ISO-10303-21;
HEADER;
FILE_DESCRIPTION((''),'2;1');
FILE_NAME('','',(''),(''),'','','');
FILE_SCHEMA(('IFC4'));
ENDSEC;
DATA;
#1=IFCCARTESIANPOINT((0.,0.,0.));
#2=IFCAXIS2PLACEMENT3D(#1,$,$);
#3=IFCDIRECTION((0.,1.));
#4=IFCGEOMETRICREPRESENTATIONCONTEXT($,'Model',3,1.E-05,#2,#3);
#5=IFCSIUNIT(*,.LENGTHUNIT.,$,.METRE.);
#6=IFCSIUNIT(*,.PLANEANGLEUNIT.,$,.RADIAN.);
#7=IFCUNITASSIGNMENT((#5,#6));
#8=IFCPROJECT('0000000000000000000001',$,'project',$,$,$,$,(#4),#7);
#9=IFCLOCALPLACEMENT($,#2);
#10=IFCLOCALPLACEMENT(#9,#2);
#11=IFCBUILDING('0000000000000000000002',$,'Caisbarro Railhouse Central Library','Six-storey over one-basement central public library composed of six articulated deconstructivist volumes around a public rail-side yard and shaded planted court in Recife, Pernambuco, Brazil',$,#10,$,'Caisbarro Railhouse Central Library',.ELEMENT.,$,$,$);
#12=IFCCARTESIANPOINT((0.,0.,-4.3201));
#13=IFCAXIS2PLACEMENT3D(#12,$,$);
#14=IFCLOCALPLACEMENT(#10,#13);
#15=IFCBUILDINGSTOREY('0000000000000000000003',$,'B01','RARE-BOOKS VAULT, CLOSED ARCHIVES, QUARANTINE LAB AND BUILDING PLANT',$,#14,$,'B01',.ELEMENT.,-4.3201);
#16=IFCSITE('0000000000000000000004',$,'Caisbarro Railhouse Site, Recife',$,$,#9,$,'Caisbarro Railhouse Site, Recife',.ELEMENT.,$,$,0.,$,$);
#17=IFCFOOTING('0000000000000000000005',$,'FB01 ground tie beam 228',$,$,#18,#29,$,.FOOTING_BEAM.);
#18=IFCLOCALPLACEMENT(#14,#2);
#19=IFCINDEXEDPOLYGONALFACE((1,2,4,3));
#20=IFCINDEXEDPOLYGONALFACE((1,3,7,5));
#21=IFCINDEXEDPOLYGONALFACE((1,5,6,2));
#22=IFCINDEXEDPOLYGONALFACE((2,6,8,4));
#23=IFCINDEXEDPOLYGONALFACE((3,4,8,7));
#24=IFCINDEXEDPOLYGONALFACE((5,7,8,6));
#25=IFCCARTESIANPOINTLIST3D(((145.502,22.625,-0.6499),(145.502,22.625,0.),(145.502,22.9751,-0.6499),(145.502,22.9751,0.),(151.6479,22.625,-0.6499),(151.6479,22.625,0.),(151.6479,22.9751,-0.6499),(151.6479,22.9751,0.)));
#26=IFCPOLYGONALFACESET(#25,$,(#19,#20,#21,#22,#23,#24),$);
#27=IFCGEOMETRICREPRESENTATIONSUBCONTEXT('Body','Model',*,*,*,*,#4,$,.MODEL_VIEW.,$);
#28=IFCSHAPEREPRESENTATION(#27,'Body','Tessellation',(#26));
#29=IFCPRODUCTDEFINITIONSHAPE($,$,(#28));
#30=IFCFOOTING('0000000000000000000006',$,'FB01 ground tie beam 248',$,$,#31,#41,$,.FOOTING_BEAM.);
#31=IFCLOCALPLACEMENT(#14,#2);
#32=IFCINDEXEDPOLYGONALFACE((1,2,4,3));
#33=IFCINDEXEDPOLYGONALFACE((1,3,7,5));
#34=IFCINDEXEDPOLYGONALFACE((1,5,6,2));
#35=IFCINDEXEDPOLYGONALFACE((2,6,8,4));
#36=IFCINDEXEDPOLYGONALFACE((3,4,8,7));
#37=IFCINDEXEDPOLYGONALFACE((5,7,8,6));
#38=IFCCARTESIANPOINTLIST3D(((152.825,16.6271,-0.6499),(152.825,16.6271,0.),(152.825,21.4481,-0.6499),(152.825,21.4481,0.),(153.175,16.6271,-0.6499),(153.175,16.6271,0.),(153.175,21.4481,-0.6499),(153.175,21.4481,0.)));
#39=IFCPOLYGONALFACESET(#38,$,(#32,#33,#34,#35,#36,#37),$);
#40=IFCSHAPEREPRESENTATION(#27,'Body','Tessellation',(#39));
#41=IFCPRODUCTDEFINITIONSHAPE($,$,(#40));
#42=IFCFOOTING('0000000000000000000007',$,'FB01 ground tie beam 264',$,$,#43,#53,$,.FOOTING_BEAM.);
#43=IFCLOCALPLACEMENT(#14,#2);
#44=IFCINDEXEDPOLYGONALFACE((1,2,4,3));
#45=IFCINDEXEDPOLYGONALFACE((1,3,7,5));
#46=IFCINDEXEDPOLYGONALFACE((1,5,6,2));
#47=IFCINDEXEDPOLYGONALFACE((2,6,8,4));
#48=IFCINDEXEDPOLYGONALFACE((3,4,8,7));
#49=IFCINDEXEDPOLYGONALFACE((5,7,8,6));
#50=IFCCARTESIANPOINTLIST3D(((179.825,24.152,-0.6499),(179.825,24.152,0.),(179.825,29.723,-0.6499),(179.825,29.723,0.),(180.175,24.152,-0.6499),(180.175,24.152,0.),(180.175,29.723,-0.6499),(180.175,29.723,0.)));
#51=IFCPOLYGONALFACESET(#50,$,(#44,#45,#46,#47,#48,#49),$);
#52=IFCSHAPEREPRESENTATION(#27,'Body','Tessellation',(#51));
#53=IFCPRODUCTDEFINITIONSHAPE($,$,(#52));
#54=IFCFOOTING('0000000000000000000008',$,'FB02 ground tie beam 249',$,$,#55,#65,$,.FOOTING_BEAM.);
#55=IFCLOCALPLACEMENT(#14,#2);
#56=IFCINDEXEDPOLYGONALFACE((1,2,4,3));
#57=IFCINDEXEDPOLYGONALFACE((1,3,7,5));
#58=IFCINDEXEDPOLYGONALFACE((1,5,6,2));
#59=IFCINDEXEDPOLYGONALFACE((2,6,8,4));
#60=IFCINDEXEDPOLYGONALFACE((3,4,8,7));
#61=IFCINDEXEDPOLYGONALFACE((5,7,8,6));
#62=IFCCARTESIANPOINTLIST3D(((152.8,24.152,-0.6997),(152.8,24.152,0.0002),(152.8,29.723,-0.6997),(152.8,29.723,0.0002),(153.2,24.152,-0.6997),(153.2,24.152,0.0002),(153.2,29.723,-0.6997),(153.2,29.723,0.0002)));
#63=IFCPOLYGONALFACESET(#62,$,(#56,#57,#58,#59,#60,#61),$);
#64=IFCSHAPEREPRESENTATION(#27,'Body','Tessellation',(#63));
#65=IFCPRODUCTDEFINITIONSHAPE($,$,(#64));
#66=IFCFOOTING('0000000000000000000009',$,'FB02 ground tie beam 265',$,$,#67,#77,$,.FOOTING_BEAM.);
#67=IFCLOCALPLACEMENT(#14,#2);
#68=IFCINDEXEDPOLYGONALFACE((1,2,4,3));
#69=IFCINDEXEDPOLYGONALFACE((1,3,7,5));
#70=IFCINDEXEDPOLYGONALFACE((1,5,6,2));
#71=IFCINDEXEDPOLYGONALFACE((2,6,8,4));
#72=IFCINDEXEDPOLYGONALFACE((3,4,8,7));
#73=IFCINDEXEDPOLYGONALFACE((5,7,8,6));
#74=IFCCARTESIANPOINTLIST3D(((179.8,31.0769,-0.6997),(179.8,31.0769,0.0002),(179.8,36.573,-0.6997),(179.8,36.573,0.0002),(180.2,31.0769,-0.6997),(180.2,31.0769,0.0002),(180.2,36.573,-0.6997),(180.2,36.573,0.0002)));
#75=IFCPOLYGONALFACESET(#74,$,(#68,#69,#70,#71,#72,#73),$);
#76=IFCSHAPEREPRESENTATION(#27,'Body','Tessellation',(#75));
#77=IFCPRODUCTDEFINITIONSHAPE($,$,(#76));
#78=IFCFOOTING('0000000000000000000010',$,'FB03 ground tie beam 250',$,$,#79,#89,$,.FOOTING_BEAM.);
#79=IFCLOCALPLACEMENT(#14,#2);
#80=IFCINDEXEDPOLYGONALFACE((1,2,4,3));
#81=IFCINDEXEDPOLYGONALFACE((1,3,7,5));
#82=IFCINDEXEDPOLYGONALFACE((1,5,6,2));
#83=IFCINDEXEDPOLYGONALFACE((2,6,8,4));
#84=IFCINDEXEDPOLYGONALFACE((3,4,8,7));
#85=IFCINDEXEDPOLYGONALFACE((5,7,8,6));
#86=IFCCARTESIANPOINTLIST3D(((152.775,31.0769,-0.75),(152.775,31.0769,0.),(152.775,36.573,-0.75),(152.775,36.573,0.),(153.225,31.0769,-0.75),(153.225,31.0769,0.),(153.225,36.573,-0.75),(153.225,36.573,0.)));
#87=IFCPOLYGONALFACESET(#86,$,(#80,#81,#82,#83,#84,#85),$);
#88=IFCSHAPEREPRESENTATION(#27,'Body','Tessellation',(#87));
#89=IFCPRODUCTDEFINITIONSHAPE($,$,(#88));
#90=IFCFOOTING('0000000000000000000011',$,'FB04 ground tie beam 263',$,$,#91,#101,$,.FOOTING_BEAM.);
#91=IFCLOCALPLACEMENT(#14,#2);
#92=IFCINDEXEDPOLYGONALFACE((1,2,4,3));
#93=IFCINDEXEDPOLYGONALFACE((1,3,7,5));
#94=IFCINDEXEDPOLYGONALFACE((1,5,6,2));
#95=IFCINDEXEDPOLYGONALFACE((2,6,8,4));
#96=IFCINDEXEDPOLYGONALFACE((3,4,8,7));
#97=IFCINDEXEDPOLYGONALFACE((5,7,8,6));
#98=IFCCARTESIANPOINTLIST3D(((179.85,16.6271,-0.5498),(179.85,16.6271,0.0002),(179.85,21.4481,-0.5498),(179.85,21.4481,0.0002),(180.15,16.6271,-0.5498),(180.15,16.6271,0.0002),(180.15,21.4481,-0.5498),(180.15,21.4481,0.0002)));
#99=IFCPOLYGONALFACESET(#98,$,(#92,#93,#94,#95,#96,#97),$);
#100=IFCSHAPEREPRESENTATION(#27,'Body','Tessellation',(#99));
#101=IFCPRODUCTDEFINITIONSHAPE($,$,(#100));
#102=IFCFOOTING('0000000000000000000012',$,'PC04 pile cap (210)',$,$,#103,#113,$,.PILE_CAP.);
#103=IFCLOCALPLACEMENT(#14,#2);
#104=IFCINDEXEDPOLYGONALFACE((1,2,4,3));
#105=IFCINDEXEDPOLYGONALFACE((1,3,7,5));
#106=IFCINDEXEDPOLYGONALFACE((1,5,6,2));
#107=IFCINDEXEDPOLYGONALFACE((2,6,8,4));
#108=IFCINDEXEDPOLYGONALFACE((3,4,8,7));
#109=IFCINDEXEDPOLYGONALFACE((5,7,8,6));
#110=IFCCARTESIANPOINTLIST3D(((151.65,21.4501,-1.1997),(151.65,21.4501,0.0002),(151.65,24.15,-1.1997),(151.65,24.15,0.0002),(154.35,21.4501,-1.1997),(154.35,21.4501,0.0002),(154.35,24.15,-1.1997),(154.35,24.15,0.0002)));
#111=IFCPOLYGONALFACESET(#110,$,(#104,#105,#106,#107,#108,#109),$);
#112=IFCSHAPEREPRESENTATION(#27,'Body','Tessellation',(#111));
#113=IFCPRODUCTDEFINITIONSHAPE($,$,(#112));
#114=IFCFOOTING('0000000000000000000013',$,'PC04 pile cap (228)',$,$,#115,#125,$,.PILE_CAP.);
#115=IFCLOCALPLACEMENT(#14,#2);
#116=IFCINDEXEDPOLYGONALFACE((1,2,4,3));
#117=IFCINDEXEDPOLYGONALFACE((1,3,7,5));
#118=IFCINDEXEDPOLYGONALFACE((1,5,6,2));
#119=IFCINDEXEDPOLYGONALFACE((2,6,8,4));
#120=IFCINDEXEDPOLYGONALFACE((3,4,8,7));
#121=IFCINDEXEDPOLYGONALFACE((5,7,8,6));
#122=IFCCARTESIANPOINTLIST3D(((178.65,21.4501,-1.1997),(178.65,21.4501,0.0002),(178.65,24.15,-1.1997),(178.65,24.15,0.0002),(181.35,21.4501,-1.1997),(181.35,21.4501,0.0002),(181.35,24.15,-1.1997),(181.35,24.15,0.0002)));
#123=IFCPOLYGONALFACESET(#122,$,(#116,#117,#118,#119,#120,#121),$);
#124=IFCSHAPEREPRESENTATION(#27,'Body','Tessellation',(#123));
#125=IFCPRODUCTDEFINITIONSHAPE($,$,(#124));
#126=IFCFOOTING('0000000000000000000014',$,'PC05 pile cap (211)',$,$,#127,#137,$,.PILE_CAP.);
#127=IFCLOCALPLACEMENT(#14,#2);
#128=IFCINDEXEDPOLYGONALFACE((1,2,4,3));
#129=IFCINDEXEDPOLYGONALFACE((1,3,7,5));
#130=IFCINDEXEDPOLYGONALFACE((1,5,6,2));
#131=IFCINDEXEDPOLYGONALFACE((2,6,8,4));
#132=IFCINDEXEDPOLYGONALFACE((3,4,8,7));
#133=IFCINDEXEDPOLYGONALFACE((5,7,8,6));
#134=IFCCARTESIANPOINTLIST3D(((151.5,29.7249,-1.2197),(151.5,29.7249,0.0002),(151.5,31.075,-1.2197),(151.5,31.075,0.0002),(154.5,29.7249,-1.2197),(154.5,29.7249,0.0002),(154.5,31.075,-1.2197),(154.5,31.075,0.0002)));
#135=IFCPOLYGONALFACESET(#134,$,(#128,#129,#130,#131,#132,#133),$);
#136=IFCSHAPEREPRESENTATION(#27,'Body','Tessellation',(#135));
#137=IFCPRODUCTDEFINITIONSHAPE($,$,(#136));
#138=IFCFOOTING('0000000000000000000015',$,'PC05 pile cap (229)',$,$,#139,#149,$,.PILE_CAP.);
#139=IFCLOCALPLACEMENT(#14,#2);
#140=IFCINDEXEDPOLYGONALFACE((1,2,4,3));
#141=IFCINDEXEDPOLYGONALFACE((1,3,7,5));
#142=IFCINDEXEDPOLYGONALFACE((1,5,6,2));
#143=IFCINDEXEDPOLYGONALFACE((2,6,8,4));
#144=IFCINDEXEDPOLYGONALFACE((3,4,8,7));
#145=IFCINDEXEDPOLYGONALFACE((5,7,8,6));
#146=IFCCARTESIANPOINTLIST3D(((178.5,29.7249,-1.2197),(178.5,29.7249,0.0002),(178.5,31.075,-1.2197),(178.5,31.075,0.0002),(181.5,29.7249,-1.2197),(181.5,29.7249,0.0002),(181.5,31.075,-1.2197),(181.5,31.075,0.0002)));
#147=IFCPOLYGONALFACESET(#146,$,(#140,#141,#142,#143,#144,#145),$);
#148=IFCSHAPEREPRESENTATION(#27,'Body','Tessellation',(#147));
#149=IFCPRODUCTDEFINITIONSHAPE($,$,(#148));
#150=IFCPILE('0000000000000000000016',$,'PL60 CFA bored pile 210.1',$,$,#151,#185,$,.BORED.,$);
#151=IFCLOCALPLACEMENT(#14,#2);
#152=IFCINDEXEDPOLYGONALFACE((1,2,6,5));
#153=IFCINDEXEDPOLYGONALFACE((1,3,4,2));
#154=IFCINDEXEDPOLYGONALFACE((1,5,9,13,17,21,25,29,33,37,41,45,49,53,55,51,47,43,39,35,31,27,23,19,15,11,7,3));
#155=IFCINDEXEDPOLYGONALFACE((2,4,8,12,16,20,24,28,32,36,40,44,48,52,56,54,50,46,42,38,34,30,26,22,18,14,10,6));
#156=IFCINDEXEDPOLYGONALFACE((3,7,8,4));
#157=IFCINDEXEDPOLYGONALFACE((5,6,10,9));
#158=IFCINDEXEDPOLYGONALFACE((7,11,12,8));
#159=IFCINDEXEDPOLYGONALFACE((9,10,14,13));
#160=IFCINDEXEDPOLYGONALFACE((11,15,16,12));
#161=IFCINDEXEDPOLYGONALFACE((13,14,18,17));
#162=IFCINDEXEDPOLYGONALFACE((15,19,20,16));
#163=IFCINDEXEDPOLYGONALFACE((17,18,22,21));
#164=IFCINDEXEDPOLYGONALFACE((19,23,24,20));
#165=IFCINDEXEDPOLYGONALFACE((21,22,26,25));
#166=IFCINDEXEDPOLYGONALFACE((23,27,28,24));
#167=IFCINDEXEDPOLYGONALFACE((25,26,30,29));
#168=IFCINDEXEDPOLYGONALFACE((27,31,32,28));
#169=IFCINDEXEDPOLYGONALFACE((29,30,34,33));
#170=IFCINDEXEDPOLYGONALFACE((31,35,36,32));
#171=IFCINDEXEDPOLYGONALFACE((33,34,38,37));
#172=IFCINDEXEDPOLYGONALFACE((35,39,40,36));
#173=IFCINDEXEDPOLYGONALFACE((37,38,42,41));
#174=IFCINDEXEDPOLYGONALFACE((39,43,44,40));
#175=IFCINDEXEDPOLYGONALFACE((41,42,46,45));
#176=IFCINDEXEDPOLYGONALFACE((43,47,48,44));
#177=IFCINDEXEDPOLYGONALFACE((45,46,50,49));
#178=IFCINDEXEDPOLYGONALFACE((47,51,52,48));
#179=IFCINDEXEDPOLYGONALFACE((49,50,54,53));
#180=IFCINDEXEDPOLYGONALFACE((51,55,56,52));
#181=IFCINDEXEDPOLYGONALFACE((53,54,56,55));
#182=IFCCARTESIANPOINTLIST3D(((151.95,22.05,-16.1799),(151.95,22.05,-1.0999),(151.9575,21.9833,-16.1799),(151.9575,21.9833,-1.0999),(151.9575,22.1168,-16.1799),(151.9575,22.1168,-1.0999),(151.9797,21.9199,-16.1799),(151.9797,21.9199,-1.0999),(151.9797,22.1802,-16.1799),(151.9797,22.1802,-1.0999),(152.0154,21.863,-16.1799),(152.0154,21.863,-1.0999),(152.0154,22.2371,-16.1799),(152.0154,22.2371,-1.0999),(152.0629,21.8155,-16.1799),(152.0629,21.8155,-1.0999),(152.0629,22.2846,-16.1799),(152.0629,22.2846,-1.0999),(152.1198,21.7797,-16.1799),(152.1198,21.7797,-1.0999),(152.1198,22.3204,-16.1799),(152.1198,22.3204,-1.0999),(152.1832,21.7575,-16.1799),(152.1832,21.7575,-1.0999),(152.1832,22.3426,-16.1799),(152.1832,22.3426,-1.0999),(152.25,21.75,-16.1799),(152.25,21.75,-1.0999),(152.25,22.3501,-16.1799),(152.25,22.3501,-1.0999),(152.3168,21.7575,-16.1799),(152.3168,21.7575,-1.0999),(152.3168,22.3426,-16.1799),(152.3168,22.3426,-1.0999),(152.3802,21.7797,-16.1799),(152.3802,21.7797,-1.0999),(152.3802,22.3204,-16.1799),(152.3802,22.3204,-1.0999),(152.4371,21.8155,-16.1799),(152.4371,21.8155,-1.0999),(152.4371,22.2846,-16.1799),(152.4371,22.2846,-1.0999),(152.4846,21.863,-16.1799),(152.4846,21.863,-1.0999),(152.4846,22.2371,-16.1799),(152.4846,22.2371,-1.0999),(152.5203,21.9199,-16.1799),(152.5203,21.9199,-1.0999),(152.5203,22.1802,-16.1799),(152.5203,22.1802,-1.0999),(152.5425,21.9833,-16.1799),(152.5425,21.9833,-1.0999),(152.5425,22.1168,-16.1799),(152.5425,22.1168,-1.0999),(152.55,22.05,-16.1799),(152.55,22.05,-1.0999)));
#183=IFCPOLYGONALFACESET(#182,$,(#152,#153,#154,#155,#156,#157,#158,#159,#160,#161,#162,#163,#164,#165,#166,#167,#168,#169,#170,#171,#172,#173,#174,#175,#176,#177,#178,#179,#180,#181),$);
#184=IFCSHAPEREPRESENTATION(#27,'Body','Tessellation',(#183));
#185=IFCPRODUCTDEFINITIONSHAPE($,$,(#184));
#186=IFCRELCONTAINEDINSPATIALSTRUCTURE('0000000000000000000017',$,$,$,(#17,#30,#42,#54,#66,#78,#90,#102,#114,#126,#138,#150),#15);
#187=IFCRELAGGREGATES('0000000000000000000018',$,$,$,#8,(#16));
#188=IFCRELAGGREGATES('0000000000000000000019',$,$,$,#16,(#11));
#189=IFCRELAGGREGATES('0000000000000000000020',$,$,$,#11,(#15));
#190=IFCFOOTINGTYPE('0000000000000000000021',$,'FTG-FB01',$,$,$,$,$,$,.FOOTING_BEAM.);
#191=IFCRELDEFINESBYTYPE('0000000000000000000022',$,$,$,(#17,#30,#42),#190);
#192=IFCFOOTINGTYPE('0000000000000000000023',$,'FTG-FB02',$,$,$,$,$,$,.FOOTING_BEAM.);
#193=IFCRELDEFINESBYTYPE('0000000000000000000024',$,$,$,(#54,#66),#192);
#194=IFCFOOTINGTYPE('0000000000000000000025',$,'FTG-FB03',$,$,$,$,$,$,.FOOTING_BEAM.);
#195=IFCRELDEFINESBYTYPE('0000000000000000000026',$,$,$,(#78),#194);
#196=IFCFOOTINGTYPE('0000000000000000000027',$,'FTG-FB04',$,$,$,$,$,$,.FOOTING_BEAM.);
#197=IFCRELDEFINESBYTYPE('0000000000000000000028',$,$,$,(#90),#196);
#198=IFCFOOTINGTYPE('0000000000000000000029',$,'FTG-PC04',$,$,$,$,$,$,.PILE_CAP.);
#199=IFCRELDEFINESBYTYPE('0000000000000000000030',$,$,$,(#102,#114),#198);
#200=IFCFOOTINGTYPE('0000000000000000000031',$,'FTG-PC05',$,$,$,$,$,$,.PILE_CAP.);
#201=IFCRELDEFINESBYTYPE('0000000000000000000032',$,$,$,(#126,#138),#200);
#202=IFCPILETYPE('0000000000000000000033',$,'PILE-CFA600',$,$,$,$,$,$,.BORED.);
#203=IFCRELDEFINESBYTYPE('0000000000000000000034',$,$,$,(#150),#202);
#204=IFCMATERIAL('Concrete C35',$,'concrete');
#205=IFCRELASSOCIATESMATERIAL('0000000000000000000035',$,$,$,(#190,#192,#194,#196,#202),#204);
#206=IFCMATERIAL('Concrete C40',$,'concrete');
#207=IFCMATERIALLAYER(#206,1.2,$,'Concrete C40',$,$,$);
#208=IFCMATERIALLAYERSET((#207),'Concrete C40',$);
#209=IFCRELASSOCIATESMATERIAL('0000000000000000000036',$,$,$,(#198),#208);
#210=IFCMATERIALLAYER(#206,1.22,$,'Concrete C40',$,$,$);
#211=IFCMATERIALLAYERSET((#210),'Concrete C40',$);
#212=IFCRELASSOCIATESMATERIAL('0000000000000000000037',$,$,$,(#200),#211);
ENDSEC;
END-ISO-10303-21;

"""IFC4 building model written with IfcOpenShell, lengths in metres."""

from ifc_helpers import new_model, si_unit, direction, frame, origin, origin_2d, place, context, subcontext, project, spatial, rectangle, circle, extrude, material, layer, layer_set, material_profile, profile_set, type_object, element, save


model = new_model("IFC4")

# Units and contexts
model_context = context("Model", 3, precision=1e-05, world=origin(), true_north=direction((0.0, 1.0)))
body_context = subcontext(model_context, "Body", "Model", "MODEL_VIEW")
ifc_project = project(units=[si_unit("LENGTHUNIT", "METRE"), si_unit("PLANEANGLEUNIT", "RADIAN")], contexts=[model_context])

# Site, building, storey
site_placement = place(None, origin())
site = spatial("IfcSite", under=ifc_project, at=site_placement, Name="Caisbarro Railhouse Site, Recife", LongName="Caisbarro Railhouse Site, Recife", CompositionType="ELEMENT", RefElevation=0.0)
building_placement = place(site_placement, origin())
building = spatial("IfcBuilding", under=site, at=building_placement, Name="Caisbarro Railhouse Central Library", Description="Six-storey over one-basement central public library composed of six articulated deconstructivist volumes around a public rail-side yard and shaded planted court in Recife, Pernambuco, Brazil", LongName="Caisbarro Railhouse Central Library", CompositionType="ELEMENT")
storey_placement = place(building_placement, frame((0.0, 0.0, -4.3201)))
storey = spatial("IfcBuildingStorey", under=building, at=storey_placement, Name="B01", Description="RARE-BOOKS VAULT, CLOSED ARCHIVES, QUARANTINE LAB AND BUILDING PLANT", LongName="B01", CompositionType="ELEMENT", Elevation=-4.3201)

# Footings
ifc_material_1 = material(Name="Concrete C35", Category="concrete")
footing_type_1 = type_object("IfcFootingType", Name="FTG-FB01", PredefinedType="FOOTING_BEAM", material=ifc_material_1)
footing_1_placement = place(storey_placement, frame((148.575, 22.8, -0.6499), z_axis=(0.0, 0.0, 1.0), x_axis=(1.0, 0.0, 0.0)))
element("IfcFooting", 1, at=footing_1_placement, inside=storey, type_object=footing_type_1, Name="FB01 ground tie beam 228", PredefinedType="FOOTING_BEAM", context=body_context, shape_type="SweptSolid", body=[
    extrude(rectangle(XDim=6.146, YDim=0.3501, at=origin_2d()), origin(), (0.0, 0.0, 1.0), 0.6499),
])
footing_2_placement = place(storey_placement, frame((153.0, 19.0376, -0.6499), z_axis=(0.0, 0.0, 1.0), x_axis=(0.0, 1.0, 0.0)))
element("IfcFooting", 2, at=footing_2_placement, inside=storey, type_object=footing_type_1, Name="FB01 ground tie beam 248", PredefinedType="FOOTING_BEAM", context=body_context, shape_type="SweptSolid", body=[
    extrude(rectangle(XDim=4.821, YDim=0.3501, at=origin_2d()), origin(), (0.0, 0.0, 1.0), 0.6499),
])
footing_3_placement = place(storey_placement, frame((180.0, 26.9375, -0.6499), z_axis=(0.0, 0.0, 1.0), x_axis=(0.0, 1.0, 0.0)))
element("IfcFooting", 3, at=footing_3_placement, inside=storey, type_object=footing_type_1, Name="FB01 ground tie beam 264", PredefinedType="FOOTING_BEAM", context=body_context, shape_type="SweptSolid", body=[
    extrude(rectangle(XDim=5.571, YDim=0.3501, at=origin_2d()), origin(), (0.0, 0.0, 1.0), 0.6499),
])
footing_type_2 = type_object("IfcFootingType", Name="FTG-FB02", PredefinedType="FOOTING_BEAM", material=ifc_material_1)
footing_4_placement = place(storey_placement, frame((153.0, 26.9375, -0.6997), z_axis=(0.0, 0.0, 1.0), x_axis=(0.0, 1.0, 0.0)))
element("IfcFooting", 4, at=footing_4_placement, inside=storey, type_object=footing_type_2, Name="FB02 ground tie beam 249", PredefinedType="FOOTING_BEAM", context=body_context, shape_type="SweptSolid", body=[
    extrude(rectangle(XDim=5.571, YDim=0.3999, at=origin_2d()), origin(), (0.0, 0.0, 1.0), 0.7),
])
footing_5_placement = place(storey_placement, frame((180.0, 33.825, -0.6997), z_axis=(0.0, 0.0, 1.0), x_axis=(0.0, 1.0, 0.0)))
element("IfcFooting", 5, at=footing_5_placement, inside=storey, type_object=footing_type_2, Name="FB02 ground tie beam 265", PredefinedType="FOOTING_BEAM", context=body_context, shape_type="SweptSolid", body=[
    extrude(rectangle(XDim=5.4961, YDim=0.3999, at=origin_2d()), origin(), (0.0, 0.0, 1.0), 0.7),
])
footing_type_3 = type_object("IfcFootingType", Name="FTG-FB03", PredefinedType="FOOTING_BEAM", material=ifc_material_1)
footing_6_placement = place(storey_placement, frame((153.0, 33.825, -0.75), z_axis=(0.0, 0.0, 1.0), x_axis=(0.0, 1.0, 0.0)))
element("IfcFooting", 6, at=footing_6_placement, inside=storey, type_object=footing_type_3, Name="FB03 ground tie beam 250", PredefinedType="FOOTING_BEAM", context=body_context, shape_type="SweptSolid", body=[
    extrude(rectangle(XDim=5.4961, YDim=0.45, at=origin_2d()), origin(), (0.0, 0.0, 1.0), 0.75),
])
footing_type_4 = type_object("IfcFootingType", Name="FTG-FB04", PredefinedType="FOOTING_BEAM", material=ifc_material_1)
footing_7_placement = place(storey_placement, frame((180.0, 19.0376, -0.5498), z_axis=(0.0, 0.0, 1.0), x_axis=(0.0, 1.0, 0.0)))
element("IfcFooting", 7, at=footing_7_placement, inside=storey, type_object=footing_type_4, Name="FB04 ground tie beam 263", PredefinedType="FOOTING_BEAM", context=body_context, shape_type="SweptSolid", body=[
    extrude(rectangle(XDim=4.821, YDim=0.3, at=origin_2d()), origin(), (0.0, 0.0, 1.0), 0.55),
])
ifc_material_2 = material(Name="Concrete C40", Category="concrete")
ifc_layer_1 = layer(ifc_material_2, 1.2, Name="Concrete C40")
ifc_layer_set_1 = layer_set([ifc_layer_1], Name="Concrete C40")
footing_type_5 = type_object("IfcFootingType", Name="FTG-PC04", PredefinedType="PILE_CAP", material=ifc_layer_set_1)
for number, where, z_axis, x_axis, name in (
    (8, (153.0, 22.8, -1.1997), (0.0, 0.0, 1.0), (1.0, 0.0, 0.0), "PC04 pile cap (210)"),
    (9, (180.0, 22.8, -1.1997), (0.0, 0.0, 1.0), (1.0, 0.0, 0.0), "PC04 pile cap (228)"),
):
    element("IfcFooting", number, at=place(storey_placement, frame(where, z_axis=z_axis, x_axis=x_axis)), inside=storey, type_object=footing_type_5, Name=name, PredefinedType="PILE_CAP", context=body_context, shape_type="SweptSolid", body=[
        extrude(rectangle(XDim=2.7, YDim=2.7, at=origin_2d()), origin(), (0.0, 0.0, 1.0), 1.2),
    ])
ifc_layer_2 = layer(ifc_material_2, 1.22, Name="Concrete C40")
ifc_layer_set_2 = layer_set([ifc_layer_2], Name="Concrete C40")
footing_type_6 = type_object("IfcFootingType", Name="FTG-PC05", PredefinedType="PILE_CAP", material=ifc_layer_set_2)
for number, where, z_axis, x_axis, name in (
    (10, (153.0, 30.3999, -1.2197), (0.0, 0.0, 1.0), (1.0, 0.0, 0.0), "PC05 pile cap (211)"),
    (11, (180.0, 30.3999, -1.2197), (0.0, 0.0, 1.0), (1.0, 0.0, 0.0), "PC05 pile cap (229)"),
):
    element("IfcFooting", number, at=place(storey_placement, frame(where, z_axis=z_axis, x_axis=x_axis)), inside=storey, type_object=footing_type_6, Name=name, PredefinedType="PILE_CAP", context=body_context, shape_type="SweptSolid", body=[
        extrude(rectangle(XDim=3.0, YDim=1.3501, at=origin_2d()), origin(), (0.0, 0.0, 1.0), 1.22),
    ])

# Pile
ifc_material_profile_1 = material_profile(ifc_material_1, circle(Radius=0.3, at=origin_2d()), Name="PILE-CFA-600")
ifc_profile_set_1 = profile_set([ifc_material_profile_1], Name="Concrete C35")
pile_type_1 = type_object("IfcPileType", Name="PILE-CFA600", PredefinedType="BORED", material=ifc_profile_set_1)
for number, where, z_axis, x_axis, name in (
    (12, (152.25, 22.05, -1.0999), (0.0, 0.0, -1.0), (1.0, 0.0, 0.0), "PL60 CFA bored pile 210.1"),
):
    element("IfcPile", number, at=place(storey_placement, frame(where, z_axis=z_axis, x_axis=x_axis)), inside=storey, type_object=pile_type_1, Name=name, PredefinedType="BORED", context=body_context, shape_type="SweptSolid", body=[
        extrude(circle(Radius=0.3, at=origin_2d()), origin(), (0.0, 0.0, 1.0), 15.0801),
    ])

save(model, "model.ifc")
